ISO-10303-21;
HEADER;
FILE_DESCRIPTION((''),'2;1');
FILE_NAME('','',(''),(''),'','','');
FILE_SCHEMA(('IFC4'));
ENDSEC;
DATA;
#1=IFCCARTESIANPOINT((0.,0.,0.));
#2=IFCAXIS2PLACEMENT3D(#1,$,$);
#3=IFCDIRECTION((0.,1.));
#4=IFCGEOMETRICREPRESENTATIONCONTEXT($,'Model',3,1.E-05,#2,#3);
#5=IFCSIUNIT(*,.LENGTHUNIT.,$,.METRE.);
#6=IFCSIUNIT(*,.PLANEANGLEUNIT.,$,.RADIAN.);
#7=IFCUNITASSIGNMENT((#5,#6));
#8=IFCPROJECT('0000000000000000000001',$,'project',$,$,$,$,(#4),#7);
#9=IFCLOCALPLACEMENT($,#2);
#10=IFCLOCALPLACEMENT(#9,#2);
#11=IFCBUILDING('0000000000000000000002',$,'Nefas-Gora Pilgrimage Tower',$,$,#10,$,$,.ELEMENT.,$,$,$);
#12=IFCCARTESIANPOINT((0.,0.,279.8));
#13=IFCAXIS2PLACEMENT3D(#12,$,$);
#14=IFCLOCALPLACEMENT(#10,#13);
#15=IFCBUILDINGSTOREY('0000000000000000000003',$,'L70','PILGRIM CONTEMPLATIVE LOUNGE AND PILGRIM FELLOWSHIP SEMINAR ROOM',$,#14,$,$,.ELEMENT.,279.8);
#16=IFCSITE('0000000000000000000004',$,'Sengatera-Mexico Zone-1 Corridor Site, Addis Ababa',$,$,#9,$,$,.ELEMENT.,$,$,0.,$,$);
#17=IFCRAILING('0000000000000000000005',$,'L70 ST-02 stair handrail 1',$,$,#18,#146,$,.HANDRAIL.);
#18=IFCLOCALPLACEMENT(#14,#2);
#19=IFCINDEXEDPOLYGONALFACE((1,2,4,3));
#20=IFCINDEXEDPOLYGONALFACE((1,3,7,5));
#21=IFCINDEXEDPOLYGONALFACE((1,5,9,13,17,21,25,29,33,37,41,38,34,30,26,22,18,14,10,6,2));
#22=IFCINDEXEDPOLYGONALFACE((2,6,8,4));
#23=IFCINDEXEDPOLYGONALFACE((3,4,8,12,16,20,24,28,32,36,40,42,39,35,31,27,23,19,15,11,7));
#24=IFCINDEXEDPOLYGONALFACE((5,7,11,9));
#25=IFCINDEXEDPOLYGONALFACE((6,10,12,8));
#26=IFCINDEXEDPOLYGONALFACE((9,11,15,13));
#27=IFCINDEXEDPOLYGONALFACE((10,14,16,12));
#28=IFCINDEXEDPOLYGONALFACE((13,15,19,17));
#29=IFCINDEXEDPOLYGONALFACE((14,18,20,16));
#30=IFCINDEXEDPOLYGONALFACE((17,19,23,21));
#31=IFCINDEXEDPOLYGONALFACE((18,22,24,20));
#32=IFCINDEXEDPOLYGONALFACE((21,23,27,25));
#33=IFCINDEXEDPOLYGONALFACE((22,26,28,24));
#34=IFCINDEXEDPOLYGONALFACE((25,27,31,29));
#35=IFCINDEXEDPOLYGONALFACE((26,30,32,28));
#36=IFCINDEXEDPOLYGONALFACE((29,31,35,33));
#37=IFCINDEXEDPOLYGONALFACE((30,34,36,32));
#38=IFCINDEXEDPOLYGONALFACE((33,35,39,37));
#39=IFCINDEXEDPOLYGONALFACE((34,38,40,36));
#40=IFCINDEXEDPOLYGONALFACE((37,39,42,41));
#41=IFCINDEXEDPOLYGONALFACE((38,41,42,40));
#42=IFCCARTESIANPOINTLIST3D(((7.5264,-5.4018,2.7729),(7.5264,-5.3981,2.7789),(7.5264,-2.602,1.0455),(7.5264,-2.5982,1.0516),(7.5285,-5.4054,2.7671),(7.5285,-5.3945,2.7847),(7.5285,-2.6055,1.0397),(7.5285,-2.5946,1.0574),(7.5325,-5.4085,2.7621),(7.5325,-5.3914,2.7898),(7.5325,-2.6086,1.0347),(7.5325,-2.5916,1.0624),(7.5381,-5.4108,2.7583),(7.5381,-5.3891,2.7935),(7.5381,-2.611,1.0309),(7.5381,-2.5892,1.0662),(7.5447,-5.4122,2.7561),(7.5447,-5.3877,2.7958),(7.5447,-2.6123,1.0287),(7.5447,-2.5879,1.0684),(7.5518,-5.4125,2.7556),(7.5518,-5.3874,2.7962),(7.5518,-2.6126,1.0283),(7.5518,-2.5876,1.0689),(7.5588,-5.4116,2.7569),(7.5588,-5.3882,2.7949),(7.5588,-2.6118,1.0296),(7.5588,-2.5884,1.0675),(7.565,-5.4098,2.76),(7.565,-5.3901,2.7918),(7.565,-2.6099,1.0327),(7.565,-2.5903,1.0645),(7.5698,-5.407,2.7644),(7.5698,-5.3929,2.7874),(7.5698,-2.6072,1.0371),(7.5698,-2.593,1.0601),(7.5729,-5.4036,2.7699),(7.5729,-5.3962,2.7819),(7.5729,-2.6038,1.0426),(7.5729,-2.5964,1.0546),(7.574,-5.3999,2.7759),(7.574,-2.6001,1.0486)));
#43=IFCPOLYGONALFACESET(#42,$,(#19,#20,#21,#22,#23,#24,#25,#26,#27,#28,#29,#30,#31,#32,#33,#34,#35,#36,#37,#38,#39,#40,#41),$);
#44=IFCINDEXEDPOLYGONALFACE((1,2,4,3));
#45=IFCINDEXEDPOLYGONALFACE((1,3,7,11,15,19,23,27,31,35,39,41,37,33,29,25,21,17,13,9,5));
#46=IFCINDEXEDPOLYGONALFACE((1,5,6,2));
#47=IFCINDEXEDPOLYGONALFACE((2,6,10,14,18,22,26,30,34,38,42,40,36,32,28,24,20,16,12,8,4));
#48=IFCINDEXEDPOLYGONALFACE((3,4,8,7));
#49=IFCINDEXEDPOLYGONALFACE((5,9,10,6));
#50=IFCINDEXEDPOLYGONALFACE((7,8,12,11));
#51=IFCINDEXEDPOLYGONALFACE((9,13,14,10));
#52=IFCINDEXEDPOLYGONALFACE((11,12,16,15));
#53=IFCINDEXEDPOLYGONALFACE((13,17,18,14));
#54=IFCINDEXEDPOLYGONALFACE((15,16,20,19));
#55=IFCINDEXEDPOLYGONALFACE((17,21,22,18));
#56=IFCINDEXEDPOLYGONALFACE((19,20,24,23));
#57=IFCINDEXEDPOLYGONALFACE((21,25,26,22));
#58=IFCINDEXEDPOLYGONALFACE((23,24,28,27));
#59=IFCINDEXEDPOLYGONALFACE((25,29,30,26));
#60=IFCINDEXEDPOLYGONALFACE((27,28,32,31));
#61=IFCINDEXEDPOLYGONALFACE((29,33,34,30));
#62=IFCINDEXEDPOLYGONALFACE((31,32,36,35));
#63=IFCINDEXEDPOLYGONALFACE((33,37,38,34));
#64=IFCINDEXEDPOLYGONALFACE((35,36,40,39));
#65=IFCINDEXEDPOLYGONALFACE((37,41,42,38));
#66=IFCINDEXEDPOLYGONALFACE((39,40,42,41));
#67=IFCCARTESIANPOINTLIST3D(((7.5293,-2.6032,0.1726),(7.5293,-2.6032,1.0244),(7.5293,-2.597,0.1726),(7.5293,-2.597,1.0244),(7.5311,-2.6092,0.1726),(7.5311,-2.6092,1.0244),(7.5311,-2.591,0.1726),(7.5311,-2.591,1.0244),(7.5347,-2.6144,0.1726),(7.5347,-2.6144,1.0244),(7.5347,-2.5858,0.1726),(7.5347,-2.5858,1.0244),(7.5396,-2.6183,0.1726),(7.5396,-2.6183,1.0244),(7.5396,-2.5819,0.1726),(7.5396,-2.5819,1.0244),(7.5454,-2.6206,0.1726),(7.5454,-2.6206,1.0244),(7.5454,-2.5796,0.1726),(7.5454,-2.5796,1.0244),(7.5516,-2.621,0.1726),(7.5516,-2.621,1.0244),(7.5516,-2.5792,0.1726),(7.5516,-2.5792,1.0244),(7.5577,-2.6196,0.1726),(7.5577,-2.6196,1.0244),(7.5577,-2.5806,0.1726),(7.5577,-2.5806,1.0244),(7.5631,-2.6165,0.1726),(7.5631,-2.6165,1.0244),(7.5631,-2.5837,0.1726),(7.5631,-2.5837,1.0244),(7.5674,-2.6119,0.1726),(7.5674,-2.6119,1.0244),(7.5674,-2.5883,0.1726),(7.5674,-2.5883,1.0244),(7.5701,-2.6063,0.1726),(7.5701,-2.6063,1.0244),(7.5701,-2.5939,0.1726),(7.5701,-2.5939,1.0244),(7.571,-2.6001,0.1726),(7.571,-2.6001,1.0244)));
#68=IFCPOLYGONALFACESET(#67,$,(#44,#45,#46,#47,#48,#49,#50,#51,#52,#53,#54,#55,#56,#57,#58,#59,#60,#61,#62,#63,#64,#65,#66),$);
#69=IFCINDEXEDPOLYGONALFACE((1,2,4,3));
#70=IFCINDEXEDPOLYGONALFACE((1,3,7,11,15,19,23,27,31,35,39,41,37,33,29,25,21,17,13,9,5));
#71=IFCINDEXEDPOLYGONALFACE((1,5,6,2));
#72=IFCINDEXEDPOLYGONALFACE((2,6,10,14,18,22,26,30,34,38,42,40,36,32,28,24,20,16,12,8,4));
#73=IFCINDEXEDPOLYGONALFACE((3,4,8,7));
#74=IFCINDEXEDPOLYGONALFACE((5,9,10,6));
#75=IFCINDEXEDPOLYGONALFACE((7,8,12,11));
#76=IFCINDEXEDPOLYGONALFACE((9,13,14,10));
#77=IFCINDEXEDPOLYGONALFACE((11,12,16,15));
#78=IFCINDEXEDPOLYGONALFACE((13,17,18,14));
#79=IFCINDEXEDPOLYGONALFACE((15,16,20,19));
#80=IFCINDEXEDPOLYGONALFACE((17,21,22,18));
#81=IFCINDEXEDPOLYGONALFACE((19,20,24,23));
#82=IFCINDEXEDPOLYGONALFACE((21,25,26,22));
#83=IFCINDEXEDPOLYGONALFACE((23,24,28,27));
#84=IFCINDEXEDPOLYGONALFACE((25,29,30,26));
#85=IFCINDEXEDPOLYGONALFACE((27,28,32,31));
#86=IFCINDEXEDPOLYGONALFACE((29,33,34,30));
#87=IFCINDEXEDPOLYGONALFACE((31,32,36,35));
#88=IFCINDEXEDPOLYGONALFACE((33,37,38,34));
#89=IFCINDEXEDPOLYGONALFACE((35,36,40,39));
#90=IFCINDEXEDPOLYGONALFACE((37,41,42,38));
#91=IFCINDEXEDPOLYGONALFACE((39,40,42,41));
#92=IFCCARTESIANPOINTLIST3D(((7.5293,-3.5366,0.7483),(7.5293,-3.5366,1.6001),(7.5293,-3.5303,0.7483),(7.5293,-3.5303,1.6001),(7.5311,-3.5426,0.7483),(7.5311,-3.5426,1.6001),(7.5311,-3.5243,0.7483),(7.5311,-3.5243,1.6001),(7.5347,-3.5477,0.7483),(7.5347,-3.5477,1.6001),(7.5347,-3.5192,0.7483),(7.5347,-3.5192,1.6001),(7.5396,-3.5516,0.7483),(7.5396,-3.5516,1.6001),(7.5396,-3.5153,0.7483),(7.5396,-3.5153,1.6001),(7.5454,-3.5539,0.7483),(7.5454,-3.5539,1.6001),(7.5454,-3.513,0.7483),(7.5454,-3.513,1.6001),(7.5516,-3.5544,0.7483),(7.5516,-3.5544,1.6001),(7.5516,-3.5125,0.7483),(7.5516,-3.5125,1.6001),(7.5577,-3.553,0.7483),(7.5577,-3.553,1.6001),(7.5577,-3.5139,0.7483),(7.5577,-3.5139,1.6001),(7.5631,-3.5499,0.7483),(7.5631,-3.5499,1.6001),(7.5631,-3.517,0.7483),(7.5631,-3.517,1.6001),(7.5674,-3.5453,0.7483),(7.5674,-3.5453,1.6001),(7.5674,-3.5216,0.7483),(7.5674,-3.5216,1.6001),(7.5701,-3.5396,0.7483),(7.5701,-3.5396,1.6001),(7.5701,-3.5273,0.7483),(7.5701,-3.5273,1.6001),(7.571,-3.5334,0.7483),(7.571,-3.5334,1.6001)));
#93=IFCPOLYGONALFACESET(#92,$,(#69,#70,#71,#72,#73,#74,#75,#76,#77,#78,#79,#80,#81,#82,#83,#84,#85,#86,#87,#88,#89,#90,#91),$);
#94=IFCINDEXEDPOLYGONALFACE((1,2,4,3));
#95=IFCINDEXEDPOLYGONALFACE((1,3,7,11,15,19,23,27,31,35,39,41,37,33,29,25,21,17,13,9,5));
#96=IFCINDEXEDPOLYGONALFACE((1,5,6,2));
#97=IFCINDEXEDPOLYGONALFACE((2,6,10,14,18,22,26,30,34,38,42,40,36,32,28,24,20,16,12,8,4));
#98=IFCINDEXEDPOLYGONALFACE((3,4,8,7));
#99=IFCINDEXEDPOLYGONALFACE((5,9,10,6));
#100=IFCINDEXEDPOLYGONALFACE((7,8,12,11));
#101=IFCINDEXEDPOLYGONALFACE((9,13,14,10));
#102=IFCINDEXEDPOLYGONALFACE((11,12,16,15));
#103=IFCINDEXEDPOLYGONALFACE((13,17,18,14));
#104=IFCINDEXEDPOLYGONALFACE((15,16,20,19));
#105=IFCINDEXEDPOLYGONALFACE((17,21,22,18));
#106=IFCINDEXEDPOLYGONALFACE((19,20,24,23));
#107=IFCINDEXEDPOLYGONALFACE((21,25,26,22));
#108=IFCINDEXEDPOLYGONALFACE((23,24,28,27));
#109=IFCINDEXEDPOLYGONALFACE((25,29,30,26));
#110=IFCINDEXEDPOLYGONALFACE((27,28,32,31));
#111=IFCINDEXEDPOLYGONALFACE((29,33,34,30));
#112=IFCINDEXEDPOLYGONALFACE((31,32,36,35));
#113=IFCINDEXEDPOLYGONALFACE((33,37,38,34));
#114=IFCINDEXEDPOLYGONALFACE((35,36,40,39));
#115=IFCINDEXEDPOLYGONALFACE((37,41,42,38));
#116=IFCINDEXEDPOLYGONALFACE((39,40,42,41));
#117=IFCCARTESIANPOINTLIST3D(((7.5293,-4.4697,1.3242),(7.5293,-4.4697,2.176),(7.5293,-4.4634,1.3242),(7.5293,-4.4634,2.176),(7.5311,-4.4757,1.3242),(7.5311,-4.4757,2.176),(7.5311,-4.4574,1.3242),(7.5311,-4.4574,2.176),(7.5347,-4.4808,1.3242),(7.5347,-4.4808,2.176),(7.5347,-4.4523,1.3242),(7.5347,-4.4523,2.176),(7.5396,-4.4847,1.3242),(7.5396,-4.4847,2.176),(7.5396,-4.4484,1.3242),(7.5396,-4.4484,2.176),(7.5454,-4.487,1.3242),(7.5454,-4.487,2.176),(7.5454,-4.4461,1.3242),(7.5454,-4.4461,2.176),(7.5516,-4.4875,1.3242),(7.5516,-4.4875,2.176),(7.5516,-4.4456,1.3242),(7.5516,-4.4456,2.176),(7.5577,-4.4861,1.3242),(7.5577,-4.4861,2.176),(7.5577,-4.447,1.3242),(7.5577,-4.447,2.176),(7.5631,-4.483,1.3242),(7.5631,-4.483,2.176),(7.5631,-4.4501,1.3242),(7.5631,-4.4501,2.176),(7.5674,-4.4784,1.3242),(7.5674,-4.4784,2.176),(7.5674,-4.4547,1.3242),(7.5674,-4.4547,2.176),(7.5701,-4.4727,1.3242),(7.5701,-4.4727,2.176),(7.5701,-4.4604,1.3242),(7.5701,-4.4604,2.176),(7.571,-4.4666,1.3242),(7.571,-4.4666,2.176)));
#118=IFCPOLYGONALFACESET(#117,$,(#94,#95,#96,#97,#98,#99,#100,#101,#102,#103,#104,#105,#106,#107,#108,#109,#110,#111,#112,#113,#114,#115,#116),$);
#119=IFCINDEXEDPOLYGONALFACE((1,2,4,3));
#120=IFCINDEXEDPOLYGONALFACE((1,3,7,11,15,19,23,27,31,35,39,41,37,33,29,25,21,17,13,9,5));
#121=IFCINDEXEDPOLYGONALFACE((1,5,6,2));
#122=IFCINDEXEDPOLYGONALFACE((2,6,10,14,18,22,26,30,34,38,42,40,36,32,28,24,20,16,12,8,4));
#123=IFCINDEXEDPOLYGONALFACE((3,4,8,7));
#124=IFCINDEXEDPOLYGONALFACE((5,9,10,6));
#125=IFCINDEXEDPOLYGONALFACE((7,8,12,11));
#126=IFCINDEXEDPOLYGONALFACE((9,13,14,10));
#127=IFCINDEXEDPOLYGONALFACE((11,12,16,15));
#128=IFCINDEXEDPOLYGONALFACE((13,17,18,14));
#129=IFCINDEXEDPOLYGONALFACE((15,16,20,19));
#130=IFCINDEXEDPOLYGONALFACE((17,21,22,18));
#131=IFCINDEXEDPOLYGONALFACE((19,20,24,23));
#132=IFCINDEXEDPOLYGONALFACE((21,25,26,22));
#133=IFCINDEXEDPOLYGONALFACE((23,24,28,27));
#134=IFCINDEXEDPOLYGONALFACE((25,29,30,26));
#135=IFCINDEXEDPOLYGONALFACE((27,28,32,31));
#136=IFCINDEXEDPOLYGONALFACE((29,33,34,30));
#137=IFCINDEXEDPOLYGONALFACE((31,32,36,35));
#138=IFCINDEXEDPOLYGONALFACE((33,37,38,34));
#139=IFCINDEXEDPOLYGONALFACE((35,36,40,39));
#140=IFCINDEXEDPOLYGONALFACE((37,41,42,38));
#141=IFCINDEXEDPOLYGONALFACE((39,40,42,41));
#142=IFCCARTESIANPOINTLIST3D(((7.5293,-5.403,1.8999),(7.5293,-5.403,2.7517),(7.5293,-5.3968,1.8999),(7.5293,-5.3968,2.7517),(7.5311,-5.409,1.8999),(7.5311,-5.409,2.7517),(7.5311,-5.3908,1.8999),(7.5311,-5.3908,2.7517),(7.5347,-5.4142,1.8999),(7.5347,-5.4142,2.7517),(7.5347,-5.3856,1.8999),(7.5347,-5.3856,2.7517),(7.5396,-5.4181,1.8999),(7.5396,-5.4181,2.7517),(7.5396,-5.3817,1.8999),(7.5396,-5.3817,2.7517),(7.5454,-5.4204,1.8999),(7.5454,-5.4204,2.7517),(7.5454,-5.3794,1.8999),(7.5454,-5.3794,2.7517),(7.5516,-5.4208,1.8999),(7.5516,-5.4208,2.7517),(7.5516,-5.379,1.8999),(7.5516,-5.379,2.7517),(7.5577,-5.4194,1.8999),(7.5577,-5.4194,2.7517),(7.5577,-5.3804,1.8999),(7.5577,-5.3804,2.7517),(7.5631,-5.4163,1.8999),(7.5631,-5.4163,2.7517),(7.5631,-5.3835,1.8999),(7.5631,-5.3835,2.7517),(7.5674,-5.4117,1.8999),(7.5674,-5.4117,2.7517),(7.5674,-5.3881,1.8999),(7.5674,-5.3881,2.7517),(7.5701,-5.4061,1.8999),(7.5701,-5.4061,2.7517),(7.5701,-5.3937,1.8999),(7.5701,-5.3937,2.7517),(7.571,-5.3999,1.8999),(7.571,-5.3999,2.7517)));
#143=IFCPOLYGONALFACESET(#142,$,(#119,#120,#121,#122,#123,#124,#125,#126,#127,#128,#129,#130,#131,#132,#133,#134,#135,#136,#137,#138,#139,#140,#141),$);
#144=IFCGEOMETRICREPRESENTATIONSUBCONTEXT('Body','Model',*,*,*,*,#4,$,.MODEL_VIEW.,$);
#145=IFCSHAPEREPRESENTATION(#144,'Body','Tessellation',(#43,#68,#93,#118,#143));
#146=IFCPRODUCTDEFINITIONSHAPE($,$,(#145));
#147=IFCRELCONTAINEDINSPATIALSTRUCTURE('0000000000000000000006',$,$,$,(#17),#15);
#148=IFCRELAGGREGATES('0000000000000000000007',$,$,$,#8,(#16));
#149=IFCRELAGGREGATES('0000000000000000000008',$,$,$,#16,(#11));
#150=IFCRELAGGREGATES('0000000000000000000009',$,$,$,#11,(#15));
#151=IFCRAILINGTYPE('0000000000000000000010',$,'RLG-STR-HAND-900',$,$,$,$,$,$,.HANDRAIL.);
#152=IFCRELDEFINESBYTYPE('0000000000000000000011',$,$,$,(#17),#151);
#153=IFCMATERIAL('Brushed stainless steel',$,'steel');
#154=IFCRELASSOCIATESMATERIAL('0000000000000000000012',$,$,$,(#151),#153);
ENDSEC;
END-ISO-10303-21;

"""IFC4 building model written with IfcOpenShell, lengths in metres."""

from ifc_helpers import new_model, si_unit, direction, frame, origin, origin_2d, place, context, subcontext, project, spatial, circle, extrude, material, type_object, element, save


model = new_model("IFC4")

# Units and contexts
model_context = context("Model", 3, precision=1e-05, world=origin(), true_north=direction((0.0, 1.0)))
body_context = subcontext(model_context, "Body", "Model", "MODEL_VIEW")
ifc_project = project(units=[si_unit("LENGTHUNIT", "METRE"), si_unit("PLANEANGLEUNIT", "RADIAN")], contexts=[model_context])

# Site, building, storey
site_placement = place(None, origin())
site = spatial("IfcSite", under=ifc_project, at=site_placement, Name="Sengatera-Mexico Zone-1 Corridor Site, Addis Ababa", CompositionType="ELEMENT", RefElevation=0.0)
building_placement = place(site_placement, origin())
building = spatial("IfcBuilding", under=site, at=building_placement, Name="Nefas-Gora Pilgrimage Tower", CompositionType="ELEMENT")
storey_placement = place(building_placement, frame((0.0, 0.0, 279.8)))
storey = spatial("IfcBuildingStorey", under=building, at=storey_placement, Name="L70", Description="PILGRIM CONTEMPLATIVE LOUNGE AND PILGRIM FELLOWSHIP SEMINAR ROOM", CompositionType="ELEMENT", Elevation=279.8)

# Railing
ifc_material_1 = material(Name="Brushed stainless steel", Category="steel")
railing_type_1 = type_object("IfcRailingType", Name="RLG-STR-HAND-900", PredefinedType="HANDRAIL", material=ifc_material_1)
railing_1_placement = place(storey_placement, frame((7.55, -2.6001, 0.1726)))
element("IfcRailing", 1, at=railing_1_placement, inside=storey, type_object=railing_type_1, Name="L70 ST-02 stair handrail 1", PredefinedType="HANDRAIL", context=body_context, shape_type="SweptSolid", body=[
    extrude(circle(Radius=0.0239, at=origin_2d()), frame((0.0, 0.0, 0.876), z_axis=(0.0, -0.851069, 0.525054), x_axis=(1.0, 0.0, 0.0)), (0.0, 0.0, 1.0), 3.2898),
    extrude(circle(Radius=0.021, at=origin_2d()), origin(), (0.0, 0.0, 1.0), 0.8518),
    extrude(circle(Radius=0.021, at=origin_2d()), frame((0.0, -0.9333, 0.5757)), (0.0, 0.0, 1.0), 0.8518),
    extrude(circle(Radius=0.021, at=origin_2d()), frame((0.0, -1.8665, 1.1516)), (0.0, 0.0, 1.0), 0.8518),
    extrude(circle(Radius=0.021, at=origin_2d()), frame((0.0, -2.7998, 1.7273)), (0.0, 0.0, 1.0), 0.8518),
])

save(model, "model.ifc")
